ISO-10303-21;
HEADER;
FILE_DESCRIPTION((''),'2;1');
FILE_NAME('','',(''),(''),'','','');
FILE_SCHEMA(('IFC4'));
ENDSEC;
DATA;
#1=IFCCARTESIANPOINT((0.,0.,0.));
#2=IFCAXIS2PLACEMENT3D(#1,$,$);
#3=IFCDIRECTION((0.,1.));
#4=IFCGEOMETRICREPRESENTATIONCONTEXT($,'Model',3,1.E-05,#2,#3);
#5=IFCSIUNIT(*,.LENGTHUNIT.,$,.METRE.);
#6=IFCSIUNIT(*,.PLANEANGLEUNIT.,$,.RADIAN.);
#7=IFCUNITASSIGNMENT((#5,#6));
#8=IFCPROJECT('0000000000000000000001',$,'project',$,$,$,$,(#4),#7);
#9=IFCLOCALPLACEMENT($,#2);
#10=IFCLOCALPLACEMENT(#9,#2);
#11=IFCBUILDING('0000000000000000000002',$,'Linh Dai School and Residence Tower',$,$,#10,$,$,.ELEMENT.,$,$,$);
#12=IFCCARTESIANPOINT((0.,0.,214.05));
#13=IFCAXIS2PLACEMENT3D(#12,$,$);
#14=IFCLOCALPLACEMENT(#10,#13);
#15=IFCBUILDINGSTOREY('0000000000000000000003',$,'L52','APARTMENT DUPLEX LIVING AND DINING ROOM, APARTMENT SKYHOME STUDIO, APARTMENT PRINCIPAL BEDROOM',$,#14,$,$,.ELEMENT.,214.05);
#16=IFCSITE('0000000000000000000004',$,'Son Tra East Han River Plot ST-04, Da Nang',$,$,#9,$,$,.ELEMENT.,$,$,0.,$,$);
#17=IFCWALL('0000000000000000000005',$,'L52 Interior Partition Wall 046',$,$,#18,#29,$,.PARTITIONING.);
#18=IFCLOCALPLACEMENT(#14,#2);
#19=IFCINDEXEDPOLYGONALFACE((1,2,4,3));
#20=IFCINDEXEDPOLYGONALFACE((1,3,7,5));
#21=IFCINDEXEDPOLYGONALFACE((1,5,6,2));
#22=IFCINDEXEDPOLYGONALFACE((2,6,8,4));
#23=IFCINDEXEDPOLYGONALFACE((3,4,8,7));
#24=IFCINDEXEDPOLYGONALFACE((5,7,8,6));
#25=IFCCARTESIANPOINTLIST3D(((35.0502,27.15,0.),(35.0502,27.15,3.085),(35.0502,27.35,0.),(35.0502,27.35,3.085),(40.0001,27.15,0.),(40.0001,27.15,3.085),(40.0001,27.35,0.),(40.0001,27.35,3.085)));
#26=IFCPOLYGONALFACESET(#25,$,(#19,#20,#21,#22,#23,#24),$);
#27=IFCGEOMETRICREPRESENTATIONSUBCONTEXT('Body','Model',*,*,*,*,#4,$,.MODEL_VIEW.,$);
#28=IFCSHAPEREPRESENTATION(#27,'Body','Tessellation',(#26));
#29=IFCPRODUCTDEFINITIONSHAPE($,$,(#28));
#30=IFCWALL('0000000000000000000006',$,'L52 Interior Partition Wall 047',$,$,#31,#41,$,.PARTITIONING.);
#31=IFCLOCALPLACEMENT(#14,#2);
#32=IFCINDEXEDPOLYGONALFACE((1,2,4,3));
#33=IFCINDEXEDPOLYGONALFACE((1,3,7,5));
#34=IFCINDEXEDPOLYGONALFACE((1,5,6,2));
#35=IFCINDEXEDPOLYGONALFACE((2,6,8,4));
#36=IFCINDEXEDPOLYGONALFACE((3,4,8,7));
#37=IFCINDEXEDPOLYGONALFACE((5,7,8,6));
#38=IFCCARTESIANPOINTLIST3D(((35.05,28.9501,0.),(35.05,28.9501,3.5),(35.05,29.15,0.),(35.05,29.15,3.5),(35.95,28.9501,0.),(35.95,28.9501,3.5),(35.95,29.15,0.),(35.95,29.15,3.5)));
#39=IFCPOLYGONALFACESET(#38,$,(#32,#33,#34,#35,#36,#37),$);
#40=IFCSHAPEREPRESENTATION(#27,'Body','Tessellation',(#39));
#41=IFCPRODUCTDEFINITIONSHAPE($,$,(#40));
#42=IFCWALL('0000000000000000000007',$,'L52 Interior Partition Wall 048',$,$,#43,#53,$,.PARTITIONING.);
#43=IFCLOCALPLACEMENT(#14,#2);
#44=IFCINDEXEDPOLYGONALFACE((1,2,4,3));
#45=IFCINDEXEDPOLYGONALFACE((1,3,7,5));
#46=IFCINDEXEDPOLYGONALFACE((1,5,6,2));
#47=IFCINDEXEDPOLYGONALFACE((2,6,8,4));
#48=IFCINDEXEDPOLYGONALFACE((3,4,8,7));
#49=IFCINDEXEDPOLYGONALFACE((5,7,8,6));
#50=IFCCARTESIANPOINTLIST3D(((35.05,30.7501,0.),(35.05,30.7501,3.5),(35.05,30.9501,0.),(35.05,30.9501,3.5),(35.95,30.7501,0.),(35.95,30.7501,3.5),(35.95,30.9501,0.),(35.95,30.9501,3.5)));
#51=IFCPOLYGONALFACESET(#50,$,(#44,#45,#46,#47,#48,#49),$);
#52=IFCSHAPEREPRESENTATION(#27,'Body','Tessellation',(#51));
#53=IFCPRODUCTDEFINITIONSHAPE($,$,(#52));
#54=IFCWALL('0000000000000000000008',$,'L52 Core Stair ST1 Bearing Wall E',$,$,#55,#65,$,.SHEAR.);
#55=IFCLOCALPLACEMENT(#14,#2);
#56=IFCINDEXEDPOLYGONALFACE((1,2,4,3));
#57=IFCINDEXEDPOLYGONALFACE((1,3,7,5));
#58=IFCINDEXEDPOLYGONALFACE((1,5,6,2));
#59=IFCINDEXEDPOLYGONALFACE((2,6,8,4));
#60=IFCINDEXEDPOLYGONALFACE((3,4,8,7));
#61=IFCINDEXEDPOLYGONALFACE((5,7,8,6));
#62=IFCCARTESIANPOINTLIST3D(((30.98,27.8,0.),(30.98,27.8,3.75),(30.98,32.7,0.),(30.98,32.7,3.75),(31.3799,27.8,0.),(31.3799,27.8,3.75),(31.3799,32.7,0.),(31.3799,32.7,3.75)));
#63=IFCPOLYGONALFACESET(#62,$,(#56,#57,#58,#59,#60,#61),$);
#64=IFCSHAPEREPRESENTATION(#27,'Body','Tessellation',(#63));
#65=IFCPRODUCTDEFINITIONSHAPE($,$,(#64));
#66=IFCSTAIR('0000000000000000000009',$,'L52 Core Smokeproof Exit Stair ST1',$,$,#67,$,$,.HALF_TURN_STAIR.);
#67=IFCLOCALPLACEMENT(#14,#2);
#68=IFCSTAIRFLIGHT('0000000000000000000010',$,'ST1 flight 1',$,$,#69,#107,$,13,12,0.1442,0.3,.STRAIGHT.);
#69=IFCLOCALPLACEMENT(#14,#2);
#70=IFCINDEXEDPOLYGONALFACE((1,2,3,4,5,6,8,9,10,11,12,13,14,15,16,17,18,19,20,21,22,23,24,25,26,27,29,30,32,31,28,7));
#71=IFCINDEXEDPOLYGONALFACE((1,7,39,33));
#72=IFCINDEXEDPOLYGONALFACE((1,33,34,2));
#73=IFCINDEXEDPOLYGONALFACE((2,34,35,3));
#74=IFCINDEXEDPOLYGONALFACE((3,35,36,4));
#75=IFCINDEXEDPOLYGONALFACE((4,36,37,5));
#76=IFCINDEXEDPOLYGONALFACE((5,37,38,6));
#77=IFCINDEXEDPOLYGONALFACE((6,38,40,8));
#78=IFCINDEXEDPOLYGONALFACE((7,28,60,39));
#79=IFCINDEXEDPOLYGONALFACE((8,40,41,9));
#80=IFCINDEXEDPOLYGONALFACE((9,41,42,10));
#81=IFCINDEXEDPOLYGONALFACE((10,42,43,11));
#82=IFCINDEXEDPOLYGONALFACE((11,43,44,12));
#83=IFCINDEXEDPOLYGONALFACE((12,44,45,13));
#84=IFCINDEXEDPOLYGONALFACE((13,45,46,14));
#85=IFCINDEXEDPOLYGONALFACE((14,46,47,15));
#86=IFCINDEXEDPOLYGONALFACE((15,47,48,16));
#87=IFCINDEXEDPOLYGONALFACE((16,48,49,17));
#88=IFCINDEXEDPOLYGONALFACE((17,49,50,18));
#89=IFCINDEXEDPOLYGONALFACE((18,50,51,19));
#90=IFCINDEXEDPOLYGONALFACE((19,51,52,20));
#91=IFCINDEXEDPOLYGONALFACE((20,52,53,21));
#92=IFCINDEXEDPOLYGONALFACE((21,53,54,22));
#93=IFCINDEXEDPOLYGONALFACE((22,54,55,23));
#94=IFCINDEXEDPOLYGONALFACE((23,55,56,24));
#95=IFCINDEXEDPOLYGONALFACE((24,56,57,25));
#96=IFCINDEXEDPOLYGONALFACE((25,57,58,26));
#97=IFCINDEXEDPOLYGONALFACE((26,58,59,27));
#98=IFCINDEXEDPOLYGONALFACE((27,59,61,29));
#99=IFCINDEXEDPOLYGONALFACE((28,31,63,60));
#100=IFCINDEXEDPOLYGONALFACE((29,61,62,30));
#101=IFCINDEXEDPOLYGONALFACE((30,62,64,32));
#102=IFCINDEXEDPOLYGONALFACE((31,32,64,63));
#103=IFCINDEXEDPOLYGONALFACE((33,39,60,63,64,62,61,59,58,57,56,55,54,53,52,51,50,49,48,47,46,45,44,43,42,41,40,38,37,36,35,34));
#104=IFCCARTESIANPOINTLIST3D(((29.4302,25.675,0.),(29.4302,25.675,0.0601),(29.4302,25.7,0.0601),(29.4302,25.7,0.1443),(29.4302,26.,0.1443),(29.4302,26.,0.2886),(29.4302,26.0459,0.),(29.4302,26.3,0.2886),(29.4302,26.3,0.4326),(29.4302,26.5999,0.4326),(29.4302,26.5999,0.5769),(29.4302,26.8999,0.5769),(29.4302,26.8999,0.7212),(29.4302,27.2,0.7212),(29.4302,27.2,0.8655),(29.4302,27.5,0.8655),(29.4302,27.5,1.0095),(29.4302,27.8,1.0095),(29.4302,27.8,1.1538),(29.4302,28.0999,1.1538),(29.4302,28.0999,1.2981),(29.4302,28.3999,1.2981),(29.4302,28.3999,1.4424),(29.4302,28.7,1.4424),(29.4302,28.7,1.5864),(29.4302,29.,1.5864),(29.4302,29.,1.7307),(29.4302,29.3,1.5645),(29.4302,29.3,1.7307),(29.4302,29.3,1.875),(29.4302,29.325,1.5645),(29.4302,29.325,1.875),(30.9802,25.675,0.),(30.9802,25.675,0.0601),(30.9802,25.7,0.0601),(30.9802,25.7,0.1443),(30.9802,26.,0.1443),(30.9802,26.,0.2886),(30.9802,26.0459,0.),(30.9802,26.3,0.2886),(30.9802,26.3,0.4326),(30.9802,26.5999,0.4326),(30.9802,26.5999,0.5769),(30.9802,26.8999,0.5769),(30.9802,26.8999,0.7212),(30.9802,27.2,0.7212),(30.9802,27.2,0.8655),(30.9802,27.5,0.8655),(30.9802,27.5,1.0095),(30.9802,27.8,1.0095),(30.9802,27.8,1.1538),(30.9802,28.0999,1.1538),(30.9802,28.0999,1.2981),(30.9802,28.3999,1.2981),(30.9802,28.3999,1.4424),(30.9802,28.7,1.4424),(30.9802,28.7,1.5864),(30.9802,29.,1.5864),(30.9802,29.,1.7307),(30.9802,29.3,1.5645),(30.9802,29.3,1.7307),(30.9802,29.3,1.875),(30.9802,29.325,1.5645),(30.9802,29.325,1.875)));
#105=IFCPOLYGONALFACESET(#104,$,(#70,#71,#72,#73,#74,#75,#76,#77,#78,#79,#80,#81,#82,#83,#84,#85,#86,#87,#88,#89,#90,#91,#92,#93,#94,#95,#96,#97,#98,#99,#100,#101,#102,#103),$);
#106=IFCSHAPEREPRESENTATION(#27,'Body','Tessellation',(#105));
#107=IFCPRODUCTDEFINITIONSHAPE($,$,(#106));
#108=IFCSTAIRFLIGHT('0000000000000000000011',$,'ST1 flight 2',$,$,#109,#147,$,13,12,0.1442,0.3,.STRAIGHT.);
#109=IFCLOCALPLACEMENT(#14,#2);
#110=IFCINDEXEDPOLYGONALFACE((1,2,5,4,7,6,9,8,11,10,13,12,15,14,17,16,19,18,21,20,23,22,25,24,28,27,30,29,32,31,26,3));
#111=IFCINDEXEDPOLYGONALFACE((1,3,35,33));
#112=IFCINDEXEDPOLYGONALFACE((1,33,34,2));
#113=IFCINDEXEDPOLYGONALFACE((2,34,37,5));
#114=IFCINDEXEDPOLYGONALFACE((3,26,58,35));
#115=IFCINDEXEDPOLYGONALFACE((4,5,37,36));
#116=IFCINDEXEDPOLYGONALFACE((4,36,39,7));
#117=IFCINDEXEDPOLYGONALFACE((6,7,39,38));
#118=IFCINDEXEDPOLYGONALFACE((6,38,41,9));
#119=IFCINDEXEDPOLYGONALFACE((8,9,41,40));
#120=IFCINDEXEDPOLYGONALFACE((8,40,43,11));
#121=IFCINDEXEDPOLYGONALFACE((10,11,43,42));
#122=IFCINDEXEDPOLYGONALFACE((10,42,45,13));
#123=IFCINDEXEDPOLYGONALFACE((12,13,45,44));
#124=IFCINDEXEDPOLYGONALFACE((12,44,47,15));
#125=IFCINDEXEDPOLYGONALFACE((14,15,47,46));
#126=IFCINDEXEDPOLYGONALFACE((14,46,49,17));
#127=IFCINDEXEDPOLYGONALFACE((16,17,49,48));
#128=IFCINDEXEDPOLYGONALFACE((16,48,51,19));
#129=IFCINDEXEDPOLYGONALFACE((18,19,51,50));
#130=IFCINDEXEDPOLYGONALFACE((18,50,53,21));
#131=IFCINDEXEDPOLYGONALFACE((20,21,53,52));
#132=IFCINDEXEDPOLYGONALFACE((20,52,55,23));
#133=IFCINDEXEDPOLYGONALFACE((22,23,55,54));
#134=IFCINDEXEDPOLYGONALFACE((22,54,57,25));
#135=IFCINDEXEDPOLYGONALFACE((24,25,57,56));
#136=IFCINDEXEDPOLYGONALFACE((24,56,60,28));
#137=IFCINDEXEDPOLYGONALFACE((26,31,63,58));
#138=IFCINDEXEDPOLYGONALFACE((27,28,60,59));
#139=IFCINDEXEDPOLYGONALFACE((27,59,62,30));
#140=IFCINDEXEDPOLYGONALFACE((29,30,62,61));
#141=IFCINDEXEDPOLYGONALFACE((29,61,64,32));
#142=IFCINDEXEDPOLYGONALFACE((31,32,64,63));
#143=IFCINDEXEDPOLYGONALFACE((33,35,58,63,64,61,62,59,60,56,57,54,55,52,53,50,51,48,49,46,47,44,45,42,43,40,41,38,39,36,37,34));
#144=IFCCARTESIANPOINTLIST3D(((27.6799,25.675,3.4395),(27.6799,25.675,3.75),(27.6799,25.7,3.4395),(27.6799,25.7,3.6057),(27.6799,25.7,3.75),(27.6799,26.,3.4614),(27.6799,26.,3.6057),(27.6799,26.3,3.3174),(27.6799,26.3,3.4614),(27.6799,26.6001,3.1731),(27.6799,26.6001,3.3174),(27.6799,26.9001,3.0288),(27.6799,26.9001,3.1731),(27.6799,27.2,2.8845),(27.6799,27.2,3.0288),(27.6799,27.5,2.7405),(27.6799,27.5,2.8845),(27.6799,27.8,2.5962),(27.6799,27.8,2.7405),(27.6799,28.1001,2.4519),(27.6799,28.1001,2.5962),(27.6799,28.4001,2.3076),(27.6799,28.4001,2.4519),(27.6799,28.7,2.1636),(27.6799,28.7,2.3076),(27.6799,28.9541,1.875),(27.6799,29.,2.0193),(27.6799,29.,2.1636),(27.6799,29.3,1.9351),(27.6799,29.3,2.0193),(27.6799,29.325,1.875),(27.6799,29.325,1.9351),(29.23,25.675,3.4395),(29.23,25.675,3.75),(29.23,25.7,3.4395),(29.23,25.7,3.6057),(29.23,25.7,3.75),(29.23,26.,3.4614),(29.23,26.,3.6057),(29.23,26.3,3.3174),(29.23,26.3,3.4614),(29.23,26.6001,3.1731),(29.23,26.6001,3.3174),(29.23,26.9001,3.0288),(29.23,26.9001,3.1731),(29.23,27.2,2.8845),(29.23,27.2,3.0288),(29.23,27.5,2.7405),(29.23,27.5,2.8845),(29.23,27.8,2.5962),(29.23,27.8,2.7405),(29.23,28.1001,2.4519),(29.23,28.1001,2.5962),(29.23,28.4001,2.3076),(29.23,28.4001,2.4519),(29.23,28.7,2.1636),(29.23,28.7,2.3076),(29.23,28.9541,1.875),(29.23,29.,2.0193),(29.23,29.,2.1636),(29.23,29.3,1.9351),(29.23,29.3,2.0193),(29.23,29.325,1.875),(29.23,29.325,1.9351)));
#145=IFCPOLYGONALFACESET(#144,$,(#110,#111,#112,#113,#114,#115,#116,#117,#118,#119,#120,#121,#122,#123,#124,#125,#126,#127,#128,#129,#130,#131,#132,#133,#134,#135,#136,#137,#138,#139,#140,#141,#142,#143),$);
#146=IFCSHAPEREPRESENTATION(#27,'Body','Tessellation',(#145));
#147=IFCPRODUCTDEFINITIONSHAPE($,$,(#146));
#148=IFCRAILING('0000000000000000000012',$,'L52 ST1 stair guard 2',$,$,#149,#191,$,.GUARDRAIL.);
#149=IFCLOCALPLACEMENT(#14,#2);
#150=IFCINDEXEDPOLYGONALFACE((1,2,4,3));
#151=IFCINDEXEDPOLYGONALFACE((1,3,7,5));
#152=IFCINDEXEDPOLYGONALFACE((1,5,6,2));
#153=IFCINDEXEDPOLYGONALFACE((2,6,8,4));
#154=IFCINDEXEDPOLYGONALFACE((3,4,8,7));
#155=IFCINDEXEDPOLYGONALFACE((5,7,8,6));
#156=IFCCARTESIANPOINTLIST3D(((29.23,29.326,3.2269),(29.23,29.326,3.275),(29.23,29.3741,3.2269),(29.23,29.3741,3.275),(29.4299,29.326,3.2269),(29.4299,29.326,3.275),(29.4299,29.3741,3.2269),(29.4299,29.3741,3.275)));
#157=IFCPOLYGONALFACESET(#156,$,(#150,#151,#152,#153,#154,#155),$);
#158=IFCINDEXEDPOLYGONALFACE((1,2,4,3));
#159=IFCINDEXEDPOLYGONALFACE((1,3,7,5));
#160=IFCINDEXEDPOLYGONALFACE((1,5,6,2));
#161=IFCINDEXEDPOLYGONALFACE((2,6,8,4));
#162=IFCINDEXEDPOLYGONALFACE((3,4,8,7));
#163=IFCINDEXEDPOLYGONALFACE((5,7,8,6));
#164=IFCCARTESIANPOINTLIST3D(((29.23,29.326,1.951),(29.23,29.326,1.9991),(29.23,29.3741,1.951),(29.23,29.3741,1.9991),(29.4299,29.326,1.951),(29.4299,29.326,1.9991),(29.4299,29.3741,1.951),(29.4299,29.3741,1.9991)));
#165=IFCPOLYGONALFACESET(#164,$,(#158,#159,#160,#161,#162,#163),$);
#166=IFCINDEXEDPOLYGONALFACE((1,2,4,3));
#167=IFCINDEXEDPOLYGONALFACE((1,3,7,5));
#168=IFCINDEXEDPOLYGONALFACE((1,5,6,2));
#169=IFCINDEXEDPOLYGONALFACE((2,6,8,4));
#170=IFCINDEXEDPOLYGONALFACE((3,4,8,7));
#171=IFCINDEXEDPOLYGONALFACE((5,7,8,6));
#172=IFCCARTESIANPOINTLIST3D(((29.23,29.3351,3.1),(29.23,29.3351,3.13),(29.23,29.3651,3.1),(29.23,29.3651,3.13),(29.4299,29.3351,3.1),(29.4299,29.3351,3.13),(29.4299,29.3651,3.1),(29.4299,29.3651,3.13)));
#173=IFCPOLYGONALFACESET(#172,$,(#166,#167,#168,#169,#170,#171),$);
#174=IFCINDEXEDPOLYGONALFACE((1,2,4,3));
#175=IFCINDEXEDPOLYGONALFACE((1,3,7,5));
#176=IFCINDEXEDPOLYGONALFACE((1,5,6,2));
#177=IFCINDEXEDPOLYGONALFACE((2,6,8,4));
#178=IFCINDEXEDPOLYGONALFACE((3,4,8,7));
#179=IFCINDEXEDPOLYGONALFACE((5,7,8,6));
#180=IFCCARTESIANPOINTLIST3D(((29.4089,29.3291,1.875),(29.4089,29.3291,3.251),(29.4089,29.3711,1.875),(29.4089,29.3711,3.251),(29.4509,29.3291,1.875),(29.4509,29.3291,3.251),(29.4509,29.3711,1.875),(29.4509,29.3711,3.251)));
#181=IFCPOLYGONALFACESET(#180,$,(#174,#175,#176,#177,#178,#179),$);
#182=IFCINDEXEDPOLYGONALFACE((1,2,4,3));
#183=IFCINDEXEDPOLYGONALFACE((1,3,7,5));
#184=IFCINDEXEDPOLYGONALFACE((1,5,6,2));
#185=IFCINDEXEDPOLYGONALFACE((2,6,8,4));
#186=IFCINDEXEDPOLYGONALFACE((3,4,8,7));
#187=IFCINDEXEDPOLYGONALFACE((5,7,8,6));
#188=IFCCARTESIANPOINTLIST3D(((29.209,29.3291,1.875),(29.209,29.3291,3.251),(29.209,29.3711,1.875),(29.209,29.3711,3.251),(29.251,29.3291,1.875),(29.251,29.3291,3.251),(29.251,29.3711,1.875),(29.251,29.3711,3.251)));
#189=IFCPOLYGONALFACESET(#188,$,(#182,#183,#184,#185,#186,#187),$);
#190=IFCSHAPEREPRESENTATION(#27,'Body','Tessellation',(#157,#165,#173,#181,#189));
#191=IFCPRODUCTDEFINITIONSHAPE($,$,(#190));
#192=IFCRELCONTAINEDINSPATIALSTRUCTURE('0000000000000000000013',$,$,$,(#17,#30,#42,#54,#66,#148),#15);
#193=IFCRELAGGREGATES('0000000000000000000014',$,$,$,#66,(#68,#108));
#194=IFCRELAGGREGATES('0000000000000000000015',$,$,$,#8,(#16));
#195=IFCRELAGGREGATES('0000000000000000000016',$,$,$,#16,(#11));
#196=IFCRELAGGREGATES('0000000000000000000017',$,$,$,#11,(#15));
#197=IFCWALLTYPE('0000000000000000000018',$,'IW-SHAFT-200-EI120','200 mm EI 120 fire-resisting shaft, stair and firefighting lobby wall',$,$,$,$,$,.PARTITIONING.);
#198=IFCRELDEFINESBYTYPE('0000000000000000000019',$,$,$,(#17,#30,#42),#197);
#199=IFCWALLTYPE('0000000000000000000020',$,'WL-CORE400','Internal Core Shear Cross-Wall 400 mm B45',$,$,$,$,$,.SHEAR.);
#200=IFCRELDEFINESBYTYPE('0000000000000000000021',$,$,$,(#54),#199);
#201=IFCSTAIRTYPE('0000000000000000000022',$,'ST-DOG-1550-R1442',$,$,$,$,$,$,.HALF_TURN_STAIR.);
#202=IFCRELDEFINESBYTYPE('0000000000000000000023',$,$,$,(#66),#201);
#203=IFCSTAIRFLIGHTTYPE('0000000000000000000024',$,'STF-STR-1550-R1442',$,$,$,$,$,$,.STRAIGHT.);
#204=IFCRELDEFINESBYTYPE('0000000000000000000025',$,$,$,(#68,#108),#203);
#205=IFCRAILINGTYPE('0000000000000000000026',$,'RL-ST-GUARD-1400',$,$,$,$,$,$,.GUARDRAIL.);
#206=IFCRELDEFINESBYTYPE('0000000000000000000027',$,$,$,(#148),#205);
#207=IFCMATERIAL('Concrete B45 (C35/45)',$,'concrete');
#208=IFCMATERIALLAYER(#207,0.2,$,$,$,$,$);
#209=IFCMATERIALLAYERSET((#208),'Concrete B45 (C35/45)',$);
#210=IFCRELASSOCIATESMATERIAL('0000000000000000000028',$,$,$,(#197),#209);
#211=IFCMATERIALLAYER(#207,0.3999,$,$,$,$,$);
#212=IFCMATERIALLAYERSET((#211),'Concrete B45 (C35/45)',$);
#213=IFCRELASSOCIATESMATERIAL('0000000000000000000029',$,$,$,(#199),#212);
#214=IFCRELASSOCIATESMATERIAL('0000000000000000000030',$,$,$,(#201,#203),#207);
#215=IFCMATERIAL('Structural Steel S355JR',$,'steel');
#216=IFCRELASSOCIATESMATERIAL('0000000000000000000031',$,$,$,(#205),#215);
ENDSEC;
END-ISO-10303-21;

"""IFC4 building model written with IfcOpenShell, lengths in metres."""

from ifc_helpers import new_model, si_unit, direction, frame, frame_2d, origin, origin_2d, place, context, subcontext, project, spatial, polyline, rectangle, outline, extrude, source, transform, mapped, material, layer, layer_set, type_object, element, aggregate, save


model = new_model("IFC4")

# Units and contexts
model_context = context("Model", 3, precision=1e-05, world=origin(), true_north=direction((0.0, 1.0)))
body_context = subcontext(model_context, "Body", "Model", "MODEL_VIEW")
ifc_project = project(units=[si_unit("LENGTHUNIT", "METRE"), si_unit("PLANEANGLEUNIT", "RADIAN")], contexts=[model_context])

# Site, building, storey
site_placement = place(None, origin())
site = spatial("IfcSite", under=ifc_project, at=site_placement, Name="Son Tra East Han River Plot ST-04, Da Nang", CompositionType="ELEMENT", RefElevation=0.0)
building_placement = place(site_placement, origin())
building = spatial("IfcBuilding", under=site, at=building_placement, Name="Linh Dai School and Residence Tower", CompositionType="ELEMENT")
storey_placement = place(building_placement, frame((0.0, 0.0, 214.05)))
storey = spatial("IfcBuildingStorey", under=building, at=storey_placement, Name="L52", Description="APARTMENT DUPLEX LIVING AND DINING ROOM, APARTMENT SKYHOME STUDIO, APARTMENT PRINCIPAL BEDROOM", CompositionType="ELEMENT", Elevation=214.05)

# Shared definitions
ifc_material_1 = material(Name="Structural Steel S355JR", Category="steel")

# Shared definitions
ifc_material_2 = material(Name="Concrete B45 (C35/45)", Category="concrete")
ifc_layer_1 = layer(ifc_material_2, 0.2)
ifc_layer_set_1 = layer_set([ifc_layer_1], Name="Concrete B45 (C35/45)")
wall_type_1 = type_object("IfcWallType", Name="IW-SHAFT-200-EI120", Description="200 mm EI 120 fire-resisting shaft, stair and firefighting lobby wall", PredefinedType="PARTITIONING", material=ifc_layer_set_1)

# Walls
wall_1_placement = place(storey_placement, frame((35.05, 27.25, 0.0), z_axis=(0.0, 0.0, 1.0), x_axis=(1.0, 0.0, 0.0)))
element("IfcWall", 1, at=wall_1_placement, inside=storey, type_object=wall_type_1, Name="L52 Interior Partition Wall 046", PredefinedType="PARTITIONING", context=body_context, shape_type="SweptSolid", body=[
    extrude(rectangle(XDim=4.95, YDim=0.2, at=frame_2d((2.4751, 0.0))), origin(), (0.0, 0.0, 1.0), 3.085),
])
for number, where, z_axis, x_axis, name in (
    (2, (35.05, 29.05, 0.0), (0.0, 0.0, 1.0), (1.0, 0.0, 0.0), "L52 Interior Partition Wall 047"),
    (3, (35.05, 30.8501, 0.0), (0.0, 0.0, 1.0), (1.0, 0.0, 0.0), "L52 Interior Partition Wall 048"),
):
    element("IfcWall", number, at=place(storey_placement, frame(where, z_axis=z_axis, x_axis=x_axis)), inside=storey, type_object=wall_type_1, Name=name, PredefinedType="PARTITIONING", context=body_context, shape_type="SweptSolid", body=[
        extrude(rectangle(XDim=0.8999, YDim=0.2, at=frame_2d((0.45, 0.0))), origin(), (0.0, 0.0, 1.0), 3.5),
    ])
ifc_layer_2 = layer(ifc_material_2, 0.3999)
ifc_layer_set_2 = layer_set([ifc_layer_2], Name="Concrete B45 (C35/45)")
wall_type_2 = type_object("IfcWallType", Name="WL-CORE400", Description="Internal Core Shear Cross-Wall 400 mm B45", PredefinedType="SHEAR", material=ifc_layer_set_2)
wall_2_placement = place(storey_placement, frame((31.1799, 27.8, 0.0), z_axis=(0.0, 0.0, 1.0), x_axis=(0.0, 1.0, 0.0)))
element("IfcWall", 4, at=wall_2_placement, inside=storey, type_object=wall_type_2, Name="L52 Core Stair ST1 Bearing Wall E", PredefinedType="SHEAR", context=body_context, shape_type="SweptSolid", body=[
    extrude(rectangle(XDim=4.8999, YDim=0.3999, at=frame_2d((2.45, 0.0))), origin(), (0.0, 0.0, 1.0), 3.75),
])

# Stair, stair flights
stair_type = type_object("IfcStairType", Name="ST-DOG-1550-R1442", PredefinedType="HALF_TURN_STAIR", material=ifc_material_2)
stair_placement = place(storey_placement, origin())
stair = element("IfcStair", 5, at=stair_placement, inside=storey, type_object=stair_type, Name="L52 Core Smokeproof Exit Stair ST1", PredefinedType="HALF_TURN_STAIR")
stair_flight_type = type_object("IfcStairFlightType", Name="STF-STR-1550-R1442", PredefinedType="STRAIGHT", material=ifc_material_2)
shared_shape_1 = source(origin(), body_context, "Body", "SweptSolid", [
    extrude(outline(polyline([(-0.0249, 0.0), (-0.0249, 0.0601), (0.0, 0.0601), (0.0, 0.1443), (0.3, 0.1443), (0.3, 0.2886), (0.6001, 0.2886), (0.6001, 0.4326), (0.8999, 0.4326), (0.8999, 0.5769), (1.2, 0.5769), (1.2, 0.7212), (1.5, 0.7212), (1.5, 0.8655), (1.8, 0.8655), (1.8, 1.0095), (2.1001, 1.0095), (2.1001, 1.1538), (2.3999, 1.1538), (2.3999, 1.2981), (2.7, 1.2981), (2.7, 1.4424), (3.0, 1.4424), (3.0, 1.5864), (3.3, 1.5864), (3.3, 1.7307), (3.6001, 1.7307), (3.6001, 1.875), (3.625, 1.875), (3.625, 1.5645), (3.6001, 1.5645), (0.3459, 0.0), (-0.0249, 0.0)])), frame((0.0, 0.7749, 0.0), z_axis=(0.0, -1.0, 0.0), x_axis=(1.0, 0.0, 0.0)), (0.0, 0.0, 1.0), 1.55),
])
stair_flight_1_placement = place(storey_placement, frame((30.2051, 25.7, 0.0), z_axis=(0.0, 0.0, 1.0), x_axis=(0.0, 1.0, 0.0)))
stair_flight_1 = element("IfcStairFlight", 6, at=stair_flight_1_placement, type_object=stair_flight_type, Name="ST1 flight 1", NumberOfRisers=13, NumberOfTreads=12, PredefinedType="STRAIGHT", RiserHeight=0.1442, TreadLength=0.3, context=body_context, shape_type="MappedRepresentation", body=[
    mapped(shared_shape_1, transform((0.0, 0.0, 0.0), x_axis=(1.0, 0.0, 0.0), y_axis=(0.0, 1.0, 0.0), z_axis=(0.0, 0.0, 1.0), scale=1.0)),
])
stair_flight_2_placement = place(storey_placement, frame((28.4551, 29.3, 1.875), z_axis=(0.0, 0.0, 1.0), x_axis=(0.0, -1.0, 0.0)))
stair_flight_2 = element("IfcStairFlight", 7, at=stair_flight_2_placement, type_object=stair_flight_type, Name="ST1 flight 2", NumberOfRisers=13, NumberOfTreads=12, PredefinedType="STRAIGHT", RiserHeight=0.1442, TreadLength=0.3, context=body_context, shape_type="MappedRepresentation", body=[
    mapped(shared_shape_1, transform((0.0, 0.0, 0.0), x_axis=(1.0, 0.0, 0.0), y_axis=(0.0, 1.0, 0.0), z_axis=(0.0, 0.0, 1.0), scale=1.0)),
])
aggregate(stair, [stair_flight_1, stair_flight_2])

# Railing
railing_type_1 = type_object("IfcRailingType", Name="RL-ST-GUARD-1400", PredefinedType="GUARDRAIL", material=ifc_material_1)
shared_shape_2 = source(origin(), body_context, "Body", "SweptSolid", [
    extrude(rectangle(XDim=0.0481, YDim=0.0481, at=origin_2d()), frame((0.0, 0.0, 1.376), z_axis=(-1.0, 0.0, 0.0), x_axis=(0.0, -1.0, 0.0)), (0.0, 0.0, 1.0), 0.2),
    extrude(rectangle(XDim=0.0481, YDim=0.0481, at=origin_2d()), frame((0.0, 0.0, 0.1001), z_axis=(-1.0, 0.0, 0.0), x_axis=(0.0, -1.0, 0.0)), (0.0, 0.0, 1.0), 0.2),
    extrude(rectangle(XDim=0.03, YDim=0.03, at=origin_2d()), frame((0.0, 0.0, 1.24), z_axis=(-1.0, 0.0, 0.0), x_axis=(0.0, -1.0, 0.0)), (0.0, 0.0, 1.0), 0.2),
    extrude(rectangle(XDim=0.042, YDim=0.042, at=origin_2d()), origin(), (0.0, 0.0, 1.0), 1.376),
    extrude(rectangle(XDim=0.042, YDim=0.042, at=origin_2d()), frame((-0.2, 0.0, 0.0)), (0.0, 0.0, 1.0), 1.376),
])
railing_1_placement = place(storey_placement, frame((29.4299, 29.3501, 1.875)))
element("IfcRailing", 8, at=railing_1_placement, inside=storey, type_object=railing_type_1, Name="L52 ST1 stair guard 2", PredefinedType="GUARDRAIL", context=body_context, shape_type="MappedRepresentation", body=[
    mapped(shared_shape_2, transform((0.0, 0.0, 0.0), x_axis=(1.0, 0.0, 0.0), y_axis=(0.0, 1.0, 0.0), z_axis=(0.0, 0.0, 1.0), scale=1.0)),
])

save(model, "model.ifc")
